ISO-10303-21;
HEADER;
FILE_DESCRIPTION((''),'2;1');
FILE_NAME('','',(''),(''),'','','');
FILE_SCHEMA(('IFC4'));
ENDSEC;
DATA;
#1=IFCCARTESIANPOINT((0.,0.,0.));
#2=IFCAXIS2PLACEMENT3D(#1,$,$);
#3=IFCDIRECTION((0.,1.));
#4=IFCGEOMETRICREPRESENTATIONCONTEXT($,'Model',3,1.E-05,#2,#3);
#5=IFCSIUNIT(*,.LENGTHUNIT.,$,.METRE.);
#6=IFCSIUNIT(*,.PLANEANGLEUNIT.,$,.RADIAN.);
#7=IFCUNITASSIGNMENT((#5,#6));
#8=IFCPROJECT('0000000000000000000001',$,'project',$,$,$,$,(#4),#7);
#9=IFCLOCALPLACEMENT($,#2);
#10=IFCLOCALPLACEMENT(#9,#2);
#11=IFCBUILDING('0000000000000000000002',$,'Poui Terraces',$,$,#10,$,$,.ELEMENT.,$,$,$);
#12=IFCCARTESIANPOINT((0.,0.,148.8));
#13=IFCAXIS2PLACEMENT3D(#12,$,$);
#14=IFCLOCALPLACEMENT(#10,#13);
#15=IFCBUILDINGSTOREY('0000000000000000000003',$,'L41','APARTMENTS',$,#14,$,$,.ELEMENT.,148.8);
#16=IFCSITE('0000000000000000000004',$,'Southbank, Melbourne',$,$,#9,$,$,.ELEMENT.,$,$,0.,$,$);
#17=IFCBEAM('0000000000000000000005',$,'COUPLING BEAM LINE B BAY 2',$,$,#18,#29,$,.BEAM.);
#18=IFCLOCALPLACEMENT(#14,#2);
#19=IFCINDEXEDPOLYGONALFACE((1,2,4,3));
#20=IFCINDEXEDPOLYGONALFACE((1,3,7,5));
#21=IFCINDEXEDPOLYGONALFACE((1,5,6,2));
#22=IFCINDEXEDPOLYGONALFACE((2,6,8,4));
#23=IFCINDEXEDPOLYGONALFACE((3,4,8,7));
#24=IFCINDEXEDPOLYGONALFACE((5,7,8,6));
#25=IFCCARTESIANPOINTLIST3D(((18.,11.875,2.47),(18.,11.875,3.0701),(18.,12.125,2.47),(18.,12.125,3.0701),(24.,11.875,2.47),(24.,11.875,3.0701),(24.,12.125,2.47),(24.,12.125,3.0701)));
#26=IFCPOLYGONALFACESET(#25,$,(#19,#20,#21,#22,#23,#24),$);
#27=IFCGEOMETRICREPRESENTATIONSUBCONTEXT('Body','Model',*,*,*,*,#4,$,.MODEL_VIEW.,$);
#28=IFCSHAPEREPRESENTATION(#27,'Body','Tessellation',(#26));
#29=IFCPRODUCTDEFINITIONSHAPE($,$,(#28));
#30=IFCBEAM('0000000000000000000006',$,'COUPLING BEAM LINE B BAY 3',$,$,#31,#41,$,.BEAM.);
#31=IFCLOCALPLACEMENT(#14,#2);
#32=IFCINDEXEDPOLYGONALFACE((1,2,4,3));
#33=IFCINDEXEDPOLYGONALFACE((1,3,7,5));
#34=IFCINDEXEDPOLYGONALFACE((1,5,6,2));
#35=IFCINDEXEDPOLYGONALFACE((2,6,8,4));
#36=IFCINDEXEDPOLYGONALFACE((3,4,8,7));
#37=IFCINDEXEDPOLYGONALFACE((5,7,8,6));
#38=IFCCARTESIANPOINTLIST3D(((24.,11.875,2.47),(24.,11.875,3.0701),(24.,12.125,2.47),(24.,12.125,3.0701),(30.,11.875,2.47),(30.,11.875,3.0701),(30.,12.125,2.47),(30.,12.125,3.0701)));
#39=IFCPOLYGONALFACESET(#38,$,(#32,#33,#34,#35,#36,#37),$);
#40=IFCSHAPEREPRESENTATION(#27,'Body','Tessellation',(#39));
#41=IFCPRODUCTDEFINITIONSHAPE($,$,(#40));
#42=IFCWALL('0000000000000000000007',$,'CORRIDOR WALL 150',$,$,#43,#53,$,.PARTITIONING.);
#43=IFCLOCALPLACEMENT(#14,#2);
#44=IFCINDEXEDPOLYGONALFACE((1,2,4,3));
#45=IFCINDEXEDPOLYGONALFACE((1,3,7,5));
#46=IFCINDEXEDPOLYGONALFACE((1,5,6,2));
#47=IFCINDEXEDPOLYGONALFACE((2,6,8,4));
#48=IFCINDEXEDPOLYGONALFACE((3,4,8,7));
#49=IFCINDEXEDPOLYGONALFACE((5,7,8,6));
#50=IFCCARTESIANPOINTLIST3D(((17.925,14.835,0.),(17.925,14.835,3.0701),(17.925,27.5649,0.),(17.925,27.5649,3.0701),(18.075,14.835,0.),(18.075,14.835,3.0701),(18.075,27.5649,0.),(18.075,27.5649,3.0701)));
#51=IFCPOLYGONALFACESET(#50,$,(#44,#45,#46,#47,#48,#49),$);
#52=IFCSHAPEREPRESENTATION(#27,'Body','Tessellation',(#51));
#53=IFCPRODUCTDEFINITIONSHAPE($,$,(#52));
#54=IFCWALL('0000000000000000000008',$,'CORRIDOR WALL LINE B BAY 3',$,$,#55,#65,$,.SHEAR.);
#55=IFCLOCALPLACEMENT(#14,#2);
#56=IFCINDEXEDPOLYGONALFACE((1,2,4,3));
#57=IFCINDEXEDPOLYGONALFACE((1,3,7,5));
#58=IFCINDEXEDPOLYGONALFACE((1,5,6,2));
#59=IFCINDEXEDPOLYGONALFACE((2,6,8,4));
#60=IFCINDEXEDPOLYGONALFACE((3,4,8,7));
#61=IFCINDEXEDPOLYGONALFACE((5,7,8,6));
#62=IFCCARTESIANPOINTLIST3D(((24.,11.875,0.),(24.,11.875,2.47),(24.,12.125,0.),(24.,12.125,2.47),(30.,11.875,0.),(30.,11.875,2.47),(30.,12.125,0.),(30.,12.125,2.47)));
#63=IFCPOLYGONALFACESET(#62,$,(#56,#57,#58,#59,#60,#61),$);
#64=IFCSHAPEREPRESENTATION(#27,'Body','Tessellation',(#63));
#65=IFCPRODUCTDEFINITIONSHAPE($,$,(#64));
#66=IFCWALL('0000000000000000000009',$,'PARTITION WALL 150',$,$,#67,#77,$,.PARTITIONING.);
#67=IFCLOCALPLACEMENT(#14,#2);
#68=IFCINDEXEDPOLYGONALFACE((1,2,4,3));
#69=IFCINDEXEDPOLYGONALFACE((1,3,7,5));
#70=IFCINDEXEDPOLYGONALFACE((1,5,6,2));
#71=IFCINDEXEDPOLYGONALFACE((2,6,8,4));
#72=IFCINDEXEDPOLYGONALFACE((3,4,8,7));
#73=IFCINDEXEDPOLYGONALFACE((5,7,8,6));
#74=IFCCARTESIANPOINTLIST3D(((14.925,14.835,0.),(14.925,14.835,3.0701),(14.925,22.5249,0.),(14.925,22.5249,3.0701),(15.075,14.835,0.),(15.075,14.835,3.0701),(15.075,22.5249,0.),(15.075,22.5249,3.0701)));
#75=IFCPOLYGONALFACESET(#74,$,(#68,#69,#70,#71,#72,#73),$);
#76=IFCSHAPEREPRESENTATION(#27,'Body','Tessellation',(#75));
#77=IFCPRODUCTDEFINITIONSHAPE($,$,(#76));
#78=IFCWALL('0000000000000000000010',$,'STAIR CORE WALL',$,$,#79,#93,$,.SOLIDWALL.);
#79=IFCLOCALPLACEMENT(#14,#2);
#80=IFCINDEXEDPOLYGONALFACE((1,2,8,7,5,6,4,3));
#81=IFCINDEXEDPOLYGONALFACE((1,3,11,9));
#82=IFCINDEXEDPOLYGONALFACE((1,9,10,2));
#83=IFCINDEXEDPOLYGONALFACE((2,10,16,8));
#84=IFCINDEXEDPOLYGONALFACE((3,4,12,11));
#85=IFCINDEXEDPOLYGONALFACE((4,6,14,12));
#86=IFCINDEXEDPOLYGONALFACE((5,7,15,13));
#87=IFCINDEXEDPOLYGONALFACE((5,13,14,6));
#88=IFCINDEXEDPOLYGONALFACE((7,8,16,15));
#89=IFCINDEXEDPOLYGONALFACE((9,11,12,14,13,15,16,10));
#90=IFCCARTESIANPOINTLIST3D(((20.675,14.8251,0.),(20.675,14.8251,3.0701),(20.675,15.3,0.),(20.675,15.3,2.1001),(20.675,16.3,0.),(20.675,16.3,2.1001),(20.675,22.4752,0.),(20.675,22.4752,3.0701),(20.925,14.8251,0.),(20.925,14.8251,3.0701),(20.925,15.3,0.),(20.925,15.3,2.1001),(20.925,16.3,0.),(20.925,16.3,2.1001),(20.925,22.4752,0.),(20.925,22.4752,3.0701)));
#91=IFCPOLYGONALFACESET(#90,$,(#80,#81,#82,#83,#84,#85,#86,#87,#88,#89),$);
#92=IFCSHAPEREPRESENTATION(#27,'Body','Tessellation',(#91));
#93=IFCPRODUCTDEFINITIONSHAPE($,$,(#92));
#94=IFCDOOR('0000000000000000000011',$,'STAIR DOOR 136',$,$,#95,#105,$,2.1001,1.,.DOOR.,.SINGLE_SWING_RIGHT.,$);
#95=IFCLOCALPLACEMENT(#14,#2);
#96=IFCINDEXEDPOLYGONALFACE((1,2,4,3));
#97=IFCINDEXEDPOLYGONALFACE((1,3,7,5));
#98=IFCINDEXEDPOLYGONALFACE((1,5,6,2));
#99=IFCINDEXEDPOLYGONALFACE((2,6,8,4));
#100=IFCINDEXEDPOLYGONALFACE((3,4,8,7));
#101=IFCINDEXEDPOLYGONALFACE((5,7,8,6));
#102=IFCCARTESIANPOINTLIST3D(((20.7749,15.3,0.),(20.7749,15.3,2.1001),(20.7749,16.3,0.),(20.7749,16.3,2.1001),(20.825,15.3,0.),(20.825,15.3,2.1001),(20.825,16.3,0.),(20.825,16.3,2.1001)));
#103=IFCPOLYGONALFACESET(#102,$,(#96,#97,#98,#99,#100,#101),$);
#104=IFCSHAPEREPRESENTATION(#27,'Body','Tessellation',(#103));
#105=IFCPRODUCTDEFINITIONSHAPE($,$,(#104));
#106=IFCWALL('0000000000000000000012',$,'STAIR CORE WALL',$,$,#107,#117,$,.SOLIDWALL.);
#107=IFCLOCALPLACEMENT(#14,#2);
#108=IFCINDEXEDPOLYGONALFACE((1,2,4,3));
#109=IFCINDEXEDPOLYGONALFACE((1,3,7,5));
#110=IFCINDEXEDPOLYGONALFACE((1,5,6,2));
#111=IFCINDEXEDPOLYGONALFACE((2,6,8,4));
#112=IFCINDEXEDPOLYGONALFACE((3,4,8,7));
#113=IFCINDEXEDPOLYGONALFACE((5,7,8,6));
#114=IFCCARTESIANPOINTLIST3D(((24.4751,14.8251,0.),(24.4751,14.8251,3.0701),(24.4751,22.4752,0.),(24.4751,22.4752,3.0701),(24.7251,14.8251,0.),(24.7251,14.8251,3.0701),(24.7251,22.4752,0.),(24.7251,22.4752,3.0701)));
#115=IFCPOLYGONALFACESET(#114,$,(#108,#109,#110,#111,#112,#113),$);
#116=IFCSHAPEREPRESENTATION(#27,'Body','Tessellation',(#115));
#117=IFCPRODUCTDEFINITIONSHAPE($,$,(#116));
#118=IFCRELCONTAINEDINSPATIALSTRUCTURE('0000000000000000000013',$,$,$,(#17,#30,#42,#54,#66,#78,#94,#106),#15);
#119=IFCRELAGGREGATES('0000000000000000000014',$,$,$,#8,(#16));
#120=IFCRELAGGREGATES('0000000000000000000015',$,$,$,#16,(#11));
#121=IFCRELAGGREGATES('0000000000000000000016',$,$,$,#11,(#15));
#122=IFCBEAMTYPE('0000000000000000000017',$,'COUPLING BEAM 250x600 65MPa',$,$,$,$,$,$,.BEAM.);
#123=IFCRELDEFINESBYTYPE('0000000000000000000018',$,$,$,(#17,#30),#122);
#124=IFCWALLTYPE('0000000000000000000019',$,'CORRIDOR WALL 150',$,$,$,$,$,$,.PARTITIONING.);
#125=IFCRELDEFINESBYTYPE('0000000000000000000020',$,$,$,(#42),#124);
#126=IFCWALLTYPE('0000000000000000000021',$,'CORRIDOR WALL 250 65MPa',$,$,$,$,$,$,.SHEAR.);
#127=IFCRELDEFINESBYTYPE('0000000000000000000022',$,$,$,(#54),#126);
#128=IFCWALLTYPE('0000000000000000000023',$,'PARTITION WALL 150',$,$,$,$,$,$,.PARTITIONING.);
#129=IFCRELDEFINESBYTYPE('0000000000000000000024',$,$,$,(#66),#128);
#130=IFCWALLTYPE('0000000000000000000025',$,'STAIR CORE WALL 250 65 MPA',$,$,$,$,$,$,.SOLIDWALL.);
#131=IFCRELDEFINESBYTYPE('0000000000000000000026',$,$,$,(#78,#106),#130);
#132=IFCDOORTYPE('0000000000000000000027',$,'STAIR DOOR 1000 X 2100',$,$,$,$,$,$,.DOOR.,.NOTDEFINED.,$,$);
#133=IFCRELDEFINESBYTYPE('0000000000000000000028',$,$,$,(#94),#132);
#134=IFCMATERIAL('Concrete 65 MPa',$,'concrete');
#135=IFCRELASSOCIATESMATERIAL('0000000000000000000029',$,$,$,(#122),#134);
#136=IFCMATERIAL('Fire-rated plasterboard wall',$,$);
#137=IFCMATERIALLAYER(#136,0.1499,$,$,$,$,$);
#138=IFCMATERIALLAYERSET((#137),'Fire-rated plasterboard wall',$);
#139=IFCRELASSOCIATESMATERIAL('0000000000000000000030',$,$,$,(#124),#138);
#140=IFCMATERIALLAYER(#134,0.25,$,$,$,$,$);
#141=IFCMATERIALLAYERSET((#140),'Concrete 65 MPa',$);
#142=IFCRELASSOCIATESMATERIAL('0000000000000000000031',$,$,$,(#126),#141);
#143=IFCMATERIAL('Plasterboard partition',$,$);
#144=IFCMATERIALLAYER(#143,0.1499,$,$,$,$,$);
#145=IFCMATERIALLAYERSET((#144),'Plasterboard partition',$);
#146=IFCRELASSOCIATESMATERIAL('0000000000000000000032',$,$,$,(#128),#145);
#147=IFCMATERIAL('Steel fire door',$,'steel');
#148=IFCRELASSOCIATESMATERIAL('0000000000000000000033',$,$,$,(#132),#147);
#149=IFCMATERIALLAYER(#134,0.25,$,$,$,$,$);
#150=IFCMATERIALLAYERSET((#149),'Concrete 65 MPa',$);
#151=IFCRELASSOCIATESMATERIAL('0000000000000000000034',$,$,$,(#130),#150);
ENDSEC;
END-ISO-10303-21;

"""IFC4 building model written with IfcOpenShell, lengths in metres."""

from ifc_helpers import new_model, si_unit, direction, frame, frame_2d, origin, origin_2d, place, context, subcontext, project, spatial, rectangle, extrude, source, transform, mapped, material, layer, layer_set, material_profile, profile_set, type_object, element, fill, save


model = new_model("IFC4")

# Units and contexts
model_context = context("Model", 3, precision=1e-05, world=origin(), true_north=direction((0.0, 1.0)))
body_context = subcontext(model_context, "Body", "Model", "MODEL_VIEW")
ifc_project = project(units=[si_unit("LENGTHUNIT", "METRE"), si_unit("PLANEANGLEUNIT", "RADIAN")], contexts=[model_context])

# Site, building, storey
site_placement = place(None, origin())
site = spatial("IfcSite", under=ifc_project, at=site_placement, Name="Southbank, Melbourne", CompositionType="ELEMENT", RefElevation=0.0)
building_placement = place(site_placement, origin())
building = spatial("IfcBuilding", under=site, at=building_placement, Name="Poui Terraces", CompositionType="ELEMENT")
storey_placement = place(building_placement, frame((0.0, 0.0, 148.8)))
storey = spatial("IfcBuildingStorey", under=building, at=storey_placement, Name="L41", Description="APARTMENTS", CompositionType="ELEMENT", Elevation=148.8)

# Beams
ifc_material_1 = material(Name="Concrete 65 MPa", Category="concrete")
ifc_material_profile = material_profile(ifc_material_1, rectangle(XDim=0.25, YDim=0.6001, at=origin_2d()), Name="RC 250x600")
ifc_profile_set = profile_set([ifc_material_profile], Name="Concrete 65 MPa")
beam_type = type_object("IfcBeamType", Name="COUPLING BEAM 250x600 65MPa", PredefinedType="BEAM", material=ifc_profile_set)
shared_shape = source(origin(), body_context, "Body", "SweptSolid", [
    extrude(rectangle(XDim=0.25, YDim=0.6001, at=origin_2d()), origin(), (0.0, 0.0, 1.0), 6.0),
])
for number, where, z_axis, x_axis, name in (
    (1, (18.0, 12.0, 2.77), (1.0, 0.0, 0.0), (0.0, 1.0, 0.0), "COUPLING BEAM LINE B BAY 2"),
    (2, (24.0, 12.0, 2.77), (1.0, 0.0, 0.0), (0.0, 1.0, 0.0), "COUPLING BEAM LINE B BAY 3"),
):
    element("IfcBeam", number, at=place(storey_placement, frame(where, z_axis=z_axis, x_axis=x_axis)), inside=storey, type_object=beam_type, Name=name, PredefinedType="BEAM", context=body_context, shape_type="MappedRepresentation", body=[
        mapped(shared_shape, transform((0.0, 0.0, 0.0))),
    ])

# Walls
ifc_material_2 = material(Name="Fire-rated plasterboard wall")
ifc_layer_1 = layer(ifc_material_2, 0.1499)
ifc_layer_set_1 = layer_set([ifc_layer_1], Name="Fire-rated plasterboard wall")
wall_type_1 = type_object("IfcWallType", Name="CORRIDOR WALL 150", PredefinedType="PARTITIONING", material=ifc_layer_set_1)
wall_1_placement = place(storey_placement, frame((18.0, 14.835, 0.0), z_axis=(0.0, 0.0, 1.0), x_axis=(0.0, 1.0, 0.0)))
element("IfcWall", 3, at=wall_1_placement, inside=storey, type_object=wall_type_1, Name="CORRIDOR WALL 150", PredefinedType="PARTITIONING", context=body_context, shape_type="SweptSolid", body=[
    extrude(rectangle(XDim=12.73, YDim=0.1499, at=frame_2d((6.365, 0.0))), origin(), (0.0, 0.0, 1.0), 3.0701),
])
ifc_layer_2 = layer(ifc_material_1, 0.25)
ifc_layer_set_2 = layer_set([ifc_layer_2], Name="Concrete 65 MPa")
wall_type_2 = type_object("IfcWallType", Name="CORRIDOR WALL 250 65MPa", PredefinedType="SHEAR", material=ifc_layer_set_2)
wall_2_placement = place(storey_placement, frame((24.0, 12.0, 0.0), z_axis=(0.0, 0.0, 1.0), x_axis=(1.0, 0.0, 0.0)))
element("IfcWall", 4, at=wall_2_placement, inside=storey, type_object=wall_type_2, Name="CORRIDOR WALL LINE B BAY 3", PredefinedType="SHEAR", context=body_context, shape_type="SweptSolid", body=[
    extrude(rectangle(XDim=6.0, YDim=0.25, at=frame_2d((3.0, 0.0))), origin(), (0.0, 0.0, 1.0), 2.47),
])
ifc_material_3 = material(Name="Plasterboard partition")
ifc_layer_3 = layer(ifc_material_3, 0.1499)
ifc_layer_set_3 = layer_set([ifc_layer_3], Name="Plasterboard partition")
wall_type_3 = type_object("IfcWallType", Name="PARTITION WALL 150", PredefinedType="PARTITIONING", material=ifc_layer_set_3)
wall_3_placement = place(storey_placement, frame((15.0, 14.835, 0.0), z_axis=(0.0, 0.0, 1.0), x_axis=(0.0, 1.0, 0.0)))
element("IfcWall", 5, at=wall_3_placement, inside=storey, type_object=wall_type_3, Name="PARTITION WALL 150", PredefinedType="PARTITIONING", context=body_context, shape_type="SweptSolid", body=[
    extrude(rectangle(XDim=7.6899, YDim=0.1499, at=frame_2d((3.845, 0.0))), origin(), (0.0, 0.0, 1.0), 3.0701),
])

# Shared definitions
ifc_material_4 = material(Name="Steel fire door", Category="steel")
door_type_1 = type_object("IfcDoorType", Name="STAIR DOOR 1000 X 2100", OperationType="NOTDEFINED", PredefinedType="DOOR", material=ifc_material_4)

# Wall, opening, door
ifc_layer_4 = layer(ifc_material_1, 0.25)
ifc_layer_set_4 = layer_set([ifc_layer_4], Name="Concrete 65 MPa")
wall_type_4 = type_object("IfcWallType", Name="STAIR CORE WALL 250 65 MPA", PredefinedType="SOLIDWALL", material=ifc_layer_set_4)
wall_4_placement = place(storey_placement, frame((20.8, 14.825, 0.0), z_axis=(0.0, 0.0, 1.0), x_axis=(0.0, 1.0, 0.0)))
wall_4 = element("IfcWall", 6, at=wall_4_placement, inside=storey, type_object=wall_type_4, Name="STAIR CORE WALL", PredefinedType="SOLIDWALL", context=body_context, shape_type="SweptSolid", body=[
    extrude(rectangle(XDim=7.6501, YDim=0.25, at=frame_2d((3.8252, 0.0))), origin(), (0.0, 0.0, 1.0), 3.0701),
])
opening_1_placement = place(wall_4_placement, frame((0.4751, 0.0, 0.0)))
opening_1 = element("IfcOpeningElement", 7, at=opening_1_placement, cuts=wall_4, PredefinedType="OPENING", context=body_context, shape_type="SweptSolid", body=[
    extrude(rectangle(XDim=1.0, YDim=2.1001, at=frame_2d((0.5, 1.05))), frame((0.0, 0.135, 0.0), z_axis=(0.0, -1.0, 0.0), x_axis=(1.0, 0.0, 0.0)), (0.0, 0.0, 1.0), 0.27),
])
door_1_placement = place(opening_1_placement, frame((1.0, 0.0, 0.0), z_axis=(0.0, 0.0, 1.0), x_axis=(-1.0, 0.0, 0.0)))
door_1 = element("IfcDoor", 8, at=door_1_placement, inside=storey, type_object=door_type_1, Name="STAIR DOOR 136", OperationType="SINGLE_SWING_RIGHT", OverallHeight=2.1001, OverallWidth=1.0, PredefinedType="DOOR", context=body_context, shape_type="SweptSolid", body=[
    extrude(rectangle(XDim=1.0, YDim=2.1001, at=frame_2d((0.5, 1.05))), frame((0.0, 0.0249, 0.0), z_axis=(0.0, -1.0, 0.0), x_axis=(1.0, 0.0, 0.0)), (0.0, 0.0, 1.0), 0.05),
])
fill(opening_1, door_1)

# Wall
wall_5_placement = place(storey_placement, frame((24.6001, 14.825, 0.0), z_axis=(0.0, 0.0, 1.0), x_axis=(0.0, 1.0, 0.0)))
element("IfcWall", 9, at=wall_5_placement, inside=storey, type_object=wall_type_4, Name="STAIR CORE WALL", PredefinedType="SOLIDWALL", context=body_context, shape_type="SweptSolid", body=[
    extrude(rectangle(XDim=7.6501, YDim=0.25, at=frame_2d((3.8252, 0.0))), origin(), (0.0, 0.0, 1.0), 3.0701),
])

save(model, "model.ifc")
